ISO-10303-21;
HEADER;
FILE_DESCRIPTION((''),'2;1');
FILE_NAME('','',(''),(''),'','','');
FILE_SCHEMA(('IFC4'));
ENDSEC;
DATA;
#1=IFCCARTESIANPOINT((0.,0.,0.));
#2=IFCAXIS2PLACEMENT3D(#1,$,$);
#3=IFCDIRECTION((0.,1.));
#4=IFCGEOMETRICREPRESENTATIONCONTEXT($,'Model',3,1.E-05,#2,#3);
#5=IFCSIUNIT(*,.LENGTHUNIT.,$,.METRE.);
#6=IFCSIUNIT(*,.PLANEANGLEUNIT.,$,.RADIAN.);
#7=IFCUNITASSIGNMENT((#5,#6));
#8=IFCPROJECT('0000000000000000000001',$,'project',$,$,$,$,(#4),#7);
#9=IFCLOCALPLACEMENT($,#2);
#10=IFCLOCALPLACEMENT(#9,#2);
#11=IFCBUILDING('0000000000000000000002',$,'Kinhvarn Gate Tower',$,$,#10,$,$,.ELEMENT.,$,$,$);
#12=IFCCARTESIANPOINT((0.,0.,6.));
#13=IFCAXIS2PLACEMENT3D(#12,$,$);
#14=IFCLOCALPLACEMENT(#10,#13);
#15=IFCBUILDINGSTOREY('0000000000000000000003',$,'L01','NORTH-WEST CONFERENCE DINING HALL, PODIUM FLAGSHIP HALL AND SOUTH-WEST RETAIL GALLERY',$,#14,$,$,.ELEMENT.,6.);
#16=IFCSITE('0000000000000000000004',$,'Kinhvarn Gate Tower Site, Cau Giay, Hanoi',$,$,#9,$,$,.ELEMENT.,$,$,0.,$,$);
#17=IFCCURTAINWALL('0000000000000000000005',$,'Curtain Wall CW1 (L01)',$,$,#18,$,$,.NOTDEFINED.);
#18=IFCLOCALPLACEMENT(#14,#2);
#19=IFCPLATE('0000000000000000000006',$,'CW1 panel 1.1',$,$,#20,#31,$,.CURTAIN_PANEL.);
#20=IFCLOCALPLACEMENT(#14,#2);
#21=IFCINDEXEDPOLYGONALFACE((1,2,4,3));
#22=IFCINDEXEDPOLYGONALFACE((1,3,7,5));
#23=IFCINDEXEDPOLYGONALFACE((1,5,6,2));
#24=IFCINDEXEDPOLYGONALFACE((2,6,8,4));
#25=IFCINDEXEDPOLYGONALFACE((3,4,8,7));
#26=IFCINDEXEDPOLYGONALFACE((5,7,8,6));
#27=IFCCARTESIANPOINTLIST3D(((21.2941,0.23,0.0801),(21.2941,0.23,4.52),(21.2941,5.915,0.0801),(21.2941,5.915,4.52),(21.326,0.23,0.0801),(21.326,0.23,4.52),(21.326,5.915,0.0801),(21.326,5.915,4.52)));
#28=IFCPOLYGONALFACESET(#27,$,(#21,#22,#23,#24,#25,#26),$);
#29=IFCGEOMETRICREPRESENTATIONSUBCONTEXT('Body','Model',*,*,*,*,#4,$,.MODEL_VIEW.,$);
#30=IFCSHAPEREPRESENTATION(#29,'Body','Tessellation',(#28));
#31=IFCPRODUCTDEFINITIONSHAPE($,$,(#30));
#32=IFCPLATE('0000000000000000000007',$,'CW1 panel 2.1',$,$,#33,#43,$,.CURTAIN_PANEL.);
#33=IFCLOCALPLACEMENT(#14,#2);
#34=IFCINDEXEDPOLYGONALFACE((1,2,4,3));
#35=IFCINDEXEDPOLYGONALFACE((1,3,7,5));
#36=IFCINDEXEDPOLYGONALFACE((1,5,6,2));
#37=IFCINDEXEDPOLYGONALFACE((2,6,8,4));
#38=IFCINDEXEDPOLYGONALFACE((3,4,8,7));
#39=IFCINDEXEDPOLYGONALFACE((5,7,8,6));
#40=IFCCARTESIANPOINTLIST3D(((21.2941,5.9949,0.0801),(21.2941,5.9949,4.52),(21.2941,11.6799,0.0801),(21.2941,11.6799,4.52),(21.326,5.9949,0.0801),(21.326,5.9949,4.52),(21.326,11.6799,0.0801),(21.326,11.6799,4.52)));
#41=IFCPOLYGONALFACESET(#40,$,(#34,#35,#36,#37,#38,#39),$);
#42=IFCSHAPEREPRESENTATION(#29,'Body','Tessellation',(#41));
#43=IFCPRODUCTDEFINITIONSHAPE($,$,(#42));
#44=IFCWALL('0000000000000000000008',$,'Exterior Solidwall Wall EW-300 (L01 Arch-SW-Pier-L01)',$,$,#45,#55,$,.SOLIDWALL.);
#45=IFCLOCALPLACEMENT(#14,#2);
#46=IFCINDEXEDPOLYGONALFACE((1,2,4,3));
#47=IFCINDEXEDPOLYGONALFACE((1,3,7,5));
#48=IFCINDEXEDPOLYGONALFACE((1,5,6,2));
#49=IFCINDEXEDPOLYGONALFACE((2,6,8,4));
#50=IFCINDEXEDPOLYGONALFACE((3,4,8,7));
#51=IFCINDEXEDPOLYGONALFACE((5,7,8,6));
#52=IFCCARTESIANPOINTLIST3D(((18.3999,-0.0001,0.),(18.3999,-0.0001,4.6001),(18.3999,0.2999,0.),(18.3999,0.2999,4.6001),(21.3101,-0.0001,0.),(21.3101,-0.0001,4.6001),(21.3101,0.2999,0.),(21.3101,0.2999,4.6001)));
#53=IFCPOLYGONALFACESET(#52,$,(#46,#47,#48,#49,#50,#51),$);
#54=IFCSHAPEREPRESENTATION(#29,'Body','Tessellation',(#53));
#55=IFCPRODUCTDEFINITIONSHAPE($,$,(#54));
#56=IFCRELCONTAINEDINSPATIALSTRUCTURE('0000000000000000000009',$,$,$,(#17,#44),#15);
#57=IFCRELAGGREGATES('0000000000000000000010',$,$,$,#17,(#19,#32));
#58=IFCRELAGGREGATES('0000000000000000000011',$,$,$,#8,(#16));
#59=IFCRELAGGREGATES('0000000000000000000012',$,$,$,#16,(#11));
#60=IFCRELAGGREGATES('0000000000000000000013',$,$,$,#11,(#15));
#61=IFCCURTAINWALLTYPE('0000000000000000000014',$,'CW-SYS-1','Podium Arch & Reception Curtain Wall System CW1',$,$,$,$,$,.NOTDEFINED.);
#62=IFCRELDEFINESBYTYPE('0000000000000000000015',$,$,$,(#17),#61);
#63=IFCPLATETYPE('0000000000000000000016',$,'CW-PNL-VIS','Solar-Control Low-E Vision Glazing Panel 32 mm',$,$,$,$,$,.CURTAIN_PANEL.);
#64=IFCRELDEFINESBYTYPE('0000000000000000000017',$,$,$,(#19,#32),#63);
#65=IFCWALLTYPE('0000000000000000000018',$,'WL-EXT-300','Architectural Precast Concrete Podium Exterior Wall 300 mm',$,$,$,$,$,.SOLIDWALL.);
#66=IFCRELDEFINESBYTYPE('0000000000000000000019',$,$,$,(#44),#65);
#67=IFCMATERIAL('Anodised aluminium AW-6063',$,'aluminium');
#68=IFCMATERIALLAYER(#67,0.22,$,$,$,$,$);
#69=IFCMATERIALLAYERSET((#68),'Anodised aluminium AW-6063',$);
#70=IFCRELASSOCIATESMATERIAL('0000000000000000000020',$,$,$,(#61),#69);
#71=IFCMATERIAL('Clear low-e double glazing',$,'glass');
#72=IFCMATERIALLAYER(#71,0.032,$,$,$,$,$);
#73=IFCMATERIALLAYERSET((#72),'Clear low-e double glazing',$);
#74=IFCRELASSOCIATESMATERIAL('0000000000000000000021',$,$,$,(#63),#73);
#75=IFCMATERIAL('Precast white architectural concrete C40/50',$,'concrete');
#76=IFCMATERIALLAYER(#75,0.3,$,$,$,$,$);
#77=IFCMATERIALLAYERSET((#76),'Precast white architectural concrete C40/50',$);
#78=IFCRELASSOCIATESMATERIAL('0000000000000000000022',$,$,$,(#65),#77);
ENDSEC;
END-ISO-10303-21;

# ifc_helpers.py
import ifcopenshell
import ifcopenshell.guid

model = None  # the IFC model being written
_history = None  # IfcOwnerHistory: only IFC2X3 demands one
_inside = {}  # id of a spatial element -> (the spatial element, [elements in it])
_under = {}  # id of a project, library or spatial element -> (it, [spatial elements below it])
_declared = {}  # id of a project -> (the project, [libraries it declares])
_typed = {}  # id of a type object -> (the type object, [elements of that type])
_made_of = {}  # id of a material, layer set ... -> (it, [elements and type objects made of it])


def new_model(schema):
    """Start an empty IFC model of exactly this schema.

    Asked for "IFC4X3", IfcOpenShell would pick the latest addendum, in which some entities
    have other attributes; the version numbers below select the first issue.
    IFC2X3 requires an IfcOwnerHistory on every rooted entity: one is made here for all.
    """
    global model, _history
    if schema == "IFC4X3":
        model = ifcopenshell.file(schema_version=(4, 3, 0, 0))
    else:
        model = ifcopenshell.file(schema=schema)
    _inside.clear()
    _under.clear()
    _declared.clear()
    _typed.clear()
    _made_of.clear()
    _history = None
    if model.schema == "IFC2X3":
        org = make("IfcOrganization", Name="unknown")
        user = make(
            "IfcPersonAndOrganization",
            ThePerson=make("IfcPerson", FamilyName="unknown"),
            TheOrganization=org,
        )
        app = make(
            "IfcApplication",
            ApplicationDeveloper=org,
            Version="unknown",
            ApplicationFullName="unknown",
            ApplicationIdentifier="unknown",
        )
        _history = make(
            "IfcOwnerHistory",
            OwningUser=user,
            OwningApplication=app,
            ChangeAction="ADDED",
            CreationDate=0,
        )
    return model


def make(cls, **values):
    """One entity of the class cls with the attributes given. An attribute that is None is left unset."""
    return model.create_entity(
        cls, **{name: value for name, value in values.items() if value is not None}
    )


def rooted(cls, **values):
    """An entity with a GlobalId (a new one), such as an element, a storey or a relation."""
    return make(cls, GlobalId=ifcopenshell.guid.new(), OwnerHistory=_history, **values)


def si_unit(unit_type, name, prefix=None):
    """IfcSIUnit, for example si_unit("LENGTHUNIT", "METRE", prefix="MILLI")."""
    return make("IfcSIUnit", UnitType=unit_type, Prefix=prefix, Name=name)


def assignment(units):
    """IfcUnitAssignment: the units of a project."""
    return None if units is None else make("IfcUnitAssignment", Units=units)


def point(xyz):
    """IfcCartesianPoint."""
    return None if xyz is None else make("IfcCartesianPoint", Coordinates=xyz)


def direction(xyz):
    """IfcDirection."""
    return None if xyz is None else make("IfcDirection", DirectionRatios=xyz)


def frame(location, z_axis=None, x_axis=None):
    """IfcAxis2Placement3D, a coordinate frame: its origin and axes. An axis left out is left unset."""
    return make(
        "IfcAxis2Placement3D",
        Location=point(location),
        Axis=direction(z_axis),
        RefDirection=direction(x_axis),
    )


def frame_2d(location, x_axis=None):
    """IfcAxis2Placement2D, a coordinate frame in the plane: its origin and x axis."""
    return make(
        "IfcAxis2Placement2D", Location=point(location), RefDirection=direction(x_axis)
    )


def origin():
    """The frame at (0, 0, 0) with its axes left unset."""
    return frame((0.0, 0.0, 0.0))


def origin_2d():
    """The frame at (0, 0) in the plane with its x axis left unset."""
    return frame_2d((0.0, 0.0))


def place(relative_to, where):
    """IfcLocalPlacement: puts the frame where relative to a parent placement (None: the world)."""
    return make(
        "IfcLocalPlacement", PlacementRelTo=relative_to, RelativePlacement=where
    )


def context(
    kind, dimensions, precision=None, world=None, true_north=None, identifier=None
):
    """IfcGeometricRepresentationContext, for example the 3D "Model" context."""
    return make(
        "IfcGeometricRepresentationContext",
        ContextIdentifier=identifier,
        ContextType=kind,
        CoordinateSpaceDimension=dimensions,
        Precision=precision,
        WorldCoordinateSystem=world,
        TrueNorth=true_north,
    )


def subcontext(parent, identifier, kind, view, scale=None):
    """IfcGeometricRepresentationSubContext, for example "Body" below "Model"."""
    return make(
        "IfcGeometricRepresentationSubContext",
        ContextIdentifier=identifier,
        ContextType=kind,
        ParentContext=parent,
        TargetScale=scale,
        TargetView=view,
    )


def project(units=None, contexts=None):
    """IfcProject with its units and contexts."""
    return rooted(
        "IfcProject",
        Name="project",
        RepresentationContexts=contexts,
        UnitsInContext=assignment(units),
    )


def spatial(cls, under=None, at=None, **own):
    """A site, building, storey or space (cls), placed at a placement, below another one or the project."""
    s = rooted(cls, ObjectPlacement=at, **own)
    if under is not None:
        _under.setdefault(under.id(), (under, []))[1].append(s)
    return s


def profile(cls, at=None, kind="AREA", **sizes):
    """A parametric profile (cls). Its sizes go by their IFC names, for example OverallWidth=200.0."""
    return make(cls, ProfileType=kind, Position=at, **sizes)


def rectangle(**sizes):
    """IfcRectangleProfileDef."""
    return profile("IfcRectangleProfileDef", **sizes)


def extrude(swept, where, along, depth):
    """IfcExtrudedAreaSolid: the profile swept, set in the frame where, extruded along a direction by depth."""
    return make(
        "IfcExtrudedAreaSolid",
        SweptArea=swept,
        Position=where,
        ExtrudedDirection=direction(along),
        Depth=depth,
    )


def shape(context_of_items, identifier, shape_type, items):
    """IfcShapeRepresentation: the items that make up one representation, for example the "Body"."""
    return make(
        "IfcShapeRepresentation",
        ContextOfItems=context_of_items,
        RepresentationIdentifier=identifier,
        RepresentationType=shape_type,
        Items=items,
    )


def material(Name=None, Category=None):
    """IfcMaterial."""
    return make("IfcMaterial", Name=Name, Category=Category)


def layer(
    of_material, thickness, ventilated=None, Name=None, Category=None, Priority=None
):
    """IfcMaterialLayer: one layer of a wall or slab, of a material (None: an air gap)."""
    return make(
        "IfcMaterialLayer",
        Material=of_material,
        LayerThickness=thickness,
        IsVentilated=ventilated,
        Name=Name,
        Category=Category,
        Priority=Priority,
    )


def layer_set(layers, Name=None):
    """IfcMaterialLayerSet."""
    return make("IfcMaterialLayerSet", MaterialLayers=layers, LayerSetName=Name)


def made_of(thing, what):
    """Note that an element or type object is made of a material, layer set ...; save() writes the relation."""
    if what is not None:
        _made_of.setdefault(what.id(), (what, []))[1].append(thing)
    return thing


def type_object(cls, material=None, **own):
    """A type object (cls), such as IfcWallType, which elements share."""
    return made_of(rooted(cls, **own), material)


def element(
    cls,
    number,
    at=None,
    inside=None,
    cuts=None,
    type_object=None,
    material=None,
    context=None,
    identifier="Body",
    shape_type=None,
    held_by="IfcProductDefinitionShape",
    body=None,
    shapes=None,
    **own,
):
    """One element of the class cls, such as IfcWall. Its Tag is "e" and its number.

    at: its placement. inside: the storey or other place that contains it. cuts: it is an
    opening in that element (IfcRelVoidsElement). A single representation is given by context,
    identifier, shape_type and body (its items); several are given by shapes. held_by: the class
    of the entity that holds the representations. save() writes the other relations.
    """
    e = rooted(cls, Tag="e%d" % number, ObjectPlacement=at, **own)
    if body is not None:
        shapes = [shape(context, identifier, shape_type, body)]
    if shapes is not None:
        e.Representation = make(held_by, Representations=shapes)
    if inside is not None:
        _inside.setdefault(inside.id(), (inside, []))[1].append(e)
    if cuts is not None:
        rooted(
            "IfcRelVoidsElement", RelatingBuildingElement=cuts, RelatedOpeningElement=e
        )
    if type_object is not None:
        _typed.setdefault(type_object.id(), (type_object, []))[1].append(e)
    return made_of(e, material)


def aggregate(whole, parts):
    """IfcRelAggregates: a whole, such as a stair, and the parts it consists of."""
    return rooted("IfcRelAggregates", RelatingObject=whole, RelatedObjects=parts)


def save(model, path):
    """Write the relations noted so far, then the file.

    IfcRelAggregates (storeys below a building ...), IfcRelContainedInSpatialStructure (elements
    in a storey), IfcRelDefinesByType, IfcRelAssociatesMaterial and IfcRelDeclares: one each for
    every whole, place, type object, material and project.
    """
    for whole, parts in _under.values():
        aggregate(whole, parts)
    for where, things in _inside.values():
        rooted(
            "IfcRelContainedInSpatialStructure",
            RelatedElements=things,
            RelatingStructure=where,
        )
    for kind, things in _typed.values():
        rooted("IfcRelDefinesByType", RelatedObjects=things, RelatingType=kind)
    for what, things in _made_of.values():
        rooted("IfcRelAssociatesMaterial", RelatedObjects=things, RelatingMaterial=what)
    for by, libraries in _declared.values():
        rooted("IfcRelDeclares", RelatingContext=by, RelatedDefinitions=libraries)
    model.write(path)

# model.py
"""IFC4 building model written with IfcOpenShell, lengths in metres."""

from ifc_helpers import new_model, si_unit, direction, frame, frame_2d, origin, origin_2d, place, context, subcontext, project, spatial, rectangle, extrude, material, layer, layer_set, type_object, element, aggregate, save


model = new_model("IFC4")

# Units and contexts
model_context = context("Model", 3, precision=1e-05, world=origin(), true_north=direction((0.0, 1.0)))
body_context = subcontext(model_context, "Body", "Model", "MODEL_VIEW")
ifc_project = project(units=[si_unit("LENGTHUNIT", "METRE"), si_unit("PLANEANGLEUNIT", "RADIAN")], contexts=[model_context])

# Site, building, storey
site_placement = place(None, origin())
site = spatial("IfcSite", under=ifc_project, at=site_placement, Name="Kinhvarn Gate Tower Site, Cau Giay, Hanoi", CompositionType="ELEMENT", RefElevation=0.0)
building_placement = place(site_placement, origin())
building = spatial("IfcBuilding", under=site, at=building_placement, Name="Kinhvarn Gate Tower", CompositionType="ELEMENT")
storey_placement = place(building_placement, frame((0.0, 0.0, 6.0)))
storey = spatial("IfcBuildingStorey", under=building, at=storey_placement, Name="L01", Description="NORTH-WEST CONFERENCE DINING HALL, PODIUM FLAGSHIP HALL AND SOUTH-WEST RETAIL GALLERY", CompositionType="ELEMENT", Elevation=6.0)

# Curtain wall
ifc_material_1 = material(Name="Anodised aluminium AW-6063", Category="aluminium")
ifc_layer_1 = layer(ifc_material_1, 0.22)
ifc_layer_set_1 = layer_set([ifc_layer_1], Name="Anodised aluminium AW-6063")
curtain_wall_type = type_object("IfcCurtainWallType", Name="CW-SYS-1", Description="Podium Arch & Reception Curtain Wall System CW1", PredefinedType="NOTDEFINED", material=ifc_layer_set_1)
curtain_wall_1_placement = place(storey_placement, origin())
curtain_wall_1 = element("IfcCurtainWall", 1, at=curtain_wall_1_placement, inside=storey, type_object=curtain_wall_type, Name="Curtain Wall CW1 (L01)", PredefinedType="NOTDEFINED")

# Plates
ifc_material_2 = material(Name="Clear low-e double glazing", Category="glass")
ifc_layer_2 = layer(ifc_material_2, 0.032)
ifc_layer_set_2 = layer_set([ifc_layer_2], Name="Clear low-e double glazing")
plate_type = type_object("IfcPlateType", Name="CW-PNL-VIS", Description="Solar-Control Low-E Vision Glazing Panel 32 mm", PredefinedType="CURTAIN_PANEL", material=ifc_layer_set_2)
plate_1_placement = place(storey_placement, frame((21.3101, 3.0725, 0.0801), z_axis=(0.0, 0.0, 1.0), x_axis=(0.0, 1.0, 0.0)))
plate_1 = element("IfcPlate", 2, at=plate_1_placement, type_object=plate_type, Name="CW1 panel 1.1", PredefinedType="CURTAIN_PANEL", context=body_context, shape_type="SweptSolid", body=[
    extrude(rectangle(XDim=5.6851, YDim=0.032, at=origin_2d()), origin(), (0.0, 0.0, 1.0), 4.4399),
])
plate_2_placement = place(storey_placement, frame((21.3101, 8.8374, 0.0801), z_axis=(0.0, 0.0, 1.0), x_axis=(0.0, 1.0, 0.0)))
plate_2 = element("IfcPlate", 3, at=plate_2_placement, type_object=plate_type, Name="CW1 panel 2.1", PredefinedType="CURTAIN_PANEL", context=body_context, shape_type="SweptSolid", body=[
    extrude(rectangle(XDim=5.6851, YDim=0.032, at=origin_2d()), origin(), (0.0, 0.0, 1.0), 4.4399),
])
aggregate(curtain_wall_1, [plate_1, plate_2])

# Wall
ifc_material_3 = material(Name="Precast white architectural concrete C40/50", Category="concrete")
ifc_layer_3 = layer(ifc_material_3, 0.3)
ifc_layer_set_3 = layer_set([ifc_layer_3], Name="Precast white architectural concrete C40/50")
wall_type = type_object("IfcWallType", Name="WL-EXT-300", Description="Architectural Precast Concrete Podium Exterior Wall 300 mm", PredefinedType="SOLIDWALL", material=ifc_layer_set_3)
wall_placement = place(storey_placement, frame((18.3999, 0.1499, 0.0), z_axis=(0.0, 0.0, 1.0), x_axis=(1.0, 0.0, 0.0)))
element("IfcWall", 4, at=wall_placement, inside=storey, type_object=wall_type, Name="Exterior Solidwall Wall EW-300 (L01 Arch-SW-Pier-L01)", PredefinedType="SOLIDWALL", context=body_context, shape_type="SweptSolid", body=[
    extrude(rectangle(XDim=2.9102, YDim=0.3, at=frame_2d((1.4551, 0.0))), origin(), (0.0, 0.0, 1.0), 4.6001),
])

save(model, "model.ifc")
